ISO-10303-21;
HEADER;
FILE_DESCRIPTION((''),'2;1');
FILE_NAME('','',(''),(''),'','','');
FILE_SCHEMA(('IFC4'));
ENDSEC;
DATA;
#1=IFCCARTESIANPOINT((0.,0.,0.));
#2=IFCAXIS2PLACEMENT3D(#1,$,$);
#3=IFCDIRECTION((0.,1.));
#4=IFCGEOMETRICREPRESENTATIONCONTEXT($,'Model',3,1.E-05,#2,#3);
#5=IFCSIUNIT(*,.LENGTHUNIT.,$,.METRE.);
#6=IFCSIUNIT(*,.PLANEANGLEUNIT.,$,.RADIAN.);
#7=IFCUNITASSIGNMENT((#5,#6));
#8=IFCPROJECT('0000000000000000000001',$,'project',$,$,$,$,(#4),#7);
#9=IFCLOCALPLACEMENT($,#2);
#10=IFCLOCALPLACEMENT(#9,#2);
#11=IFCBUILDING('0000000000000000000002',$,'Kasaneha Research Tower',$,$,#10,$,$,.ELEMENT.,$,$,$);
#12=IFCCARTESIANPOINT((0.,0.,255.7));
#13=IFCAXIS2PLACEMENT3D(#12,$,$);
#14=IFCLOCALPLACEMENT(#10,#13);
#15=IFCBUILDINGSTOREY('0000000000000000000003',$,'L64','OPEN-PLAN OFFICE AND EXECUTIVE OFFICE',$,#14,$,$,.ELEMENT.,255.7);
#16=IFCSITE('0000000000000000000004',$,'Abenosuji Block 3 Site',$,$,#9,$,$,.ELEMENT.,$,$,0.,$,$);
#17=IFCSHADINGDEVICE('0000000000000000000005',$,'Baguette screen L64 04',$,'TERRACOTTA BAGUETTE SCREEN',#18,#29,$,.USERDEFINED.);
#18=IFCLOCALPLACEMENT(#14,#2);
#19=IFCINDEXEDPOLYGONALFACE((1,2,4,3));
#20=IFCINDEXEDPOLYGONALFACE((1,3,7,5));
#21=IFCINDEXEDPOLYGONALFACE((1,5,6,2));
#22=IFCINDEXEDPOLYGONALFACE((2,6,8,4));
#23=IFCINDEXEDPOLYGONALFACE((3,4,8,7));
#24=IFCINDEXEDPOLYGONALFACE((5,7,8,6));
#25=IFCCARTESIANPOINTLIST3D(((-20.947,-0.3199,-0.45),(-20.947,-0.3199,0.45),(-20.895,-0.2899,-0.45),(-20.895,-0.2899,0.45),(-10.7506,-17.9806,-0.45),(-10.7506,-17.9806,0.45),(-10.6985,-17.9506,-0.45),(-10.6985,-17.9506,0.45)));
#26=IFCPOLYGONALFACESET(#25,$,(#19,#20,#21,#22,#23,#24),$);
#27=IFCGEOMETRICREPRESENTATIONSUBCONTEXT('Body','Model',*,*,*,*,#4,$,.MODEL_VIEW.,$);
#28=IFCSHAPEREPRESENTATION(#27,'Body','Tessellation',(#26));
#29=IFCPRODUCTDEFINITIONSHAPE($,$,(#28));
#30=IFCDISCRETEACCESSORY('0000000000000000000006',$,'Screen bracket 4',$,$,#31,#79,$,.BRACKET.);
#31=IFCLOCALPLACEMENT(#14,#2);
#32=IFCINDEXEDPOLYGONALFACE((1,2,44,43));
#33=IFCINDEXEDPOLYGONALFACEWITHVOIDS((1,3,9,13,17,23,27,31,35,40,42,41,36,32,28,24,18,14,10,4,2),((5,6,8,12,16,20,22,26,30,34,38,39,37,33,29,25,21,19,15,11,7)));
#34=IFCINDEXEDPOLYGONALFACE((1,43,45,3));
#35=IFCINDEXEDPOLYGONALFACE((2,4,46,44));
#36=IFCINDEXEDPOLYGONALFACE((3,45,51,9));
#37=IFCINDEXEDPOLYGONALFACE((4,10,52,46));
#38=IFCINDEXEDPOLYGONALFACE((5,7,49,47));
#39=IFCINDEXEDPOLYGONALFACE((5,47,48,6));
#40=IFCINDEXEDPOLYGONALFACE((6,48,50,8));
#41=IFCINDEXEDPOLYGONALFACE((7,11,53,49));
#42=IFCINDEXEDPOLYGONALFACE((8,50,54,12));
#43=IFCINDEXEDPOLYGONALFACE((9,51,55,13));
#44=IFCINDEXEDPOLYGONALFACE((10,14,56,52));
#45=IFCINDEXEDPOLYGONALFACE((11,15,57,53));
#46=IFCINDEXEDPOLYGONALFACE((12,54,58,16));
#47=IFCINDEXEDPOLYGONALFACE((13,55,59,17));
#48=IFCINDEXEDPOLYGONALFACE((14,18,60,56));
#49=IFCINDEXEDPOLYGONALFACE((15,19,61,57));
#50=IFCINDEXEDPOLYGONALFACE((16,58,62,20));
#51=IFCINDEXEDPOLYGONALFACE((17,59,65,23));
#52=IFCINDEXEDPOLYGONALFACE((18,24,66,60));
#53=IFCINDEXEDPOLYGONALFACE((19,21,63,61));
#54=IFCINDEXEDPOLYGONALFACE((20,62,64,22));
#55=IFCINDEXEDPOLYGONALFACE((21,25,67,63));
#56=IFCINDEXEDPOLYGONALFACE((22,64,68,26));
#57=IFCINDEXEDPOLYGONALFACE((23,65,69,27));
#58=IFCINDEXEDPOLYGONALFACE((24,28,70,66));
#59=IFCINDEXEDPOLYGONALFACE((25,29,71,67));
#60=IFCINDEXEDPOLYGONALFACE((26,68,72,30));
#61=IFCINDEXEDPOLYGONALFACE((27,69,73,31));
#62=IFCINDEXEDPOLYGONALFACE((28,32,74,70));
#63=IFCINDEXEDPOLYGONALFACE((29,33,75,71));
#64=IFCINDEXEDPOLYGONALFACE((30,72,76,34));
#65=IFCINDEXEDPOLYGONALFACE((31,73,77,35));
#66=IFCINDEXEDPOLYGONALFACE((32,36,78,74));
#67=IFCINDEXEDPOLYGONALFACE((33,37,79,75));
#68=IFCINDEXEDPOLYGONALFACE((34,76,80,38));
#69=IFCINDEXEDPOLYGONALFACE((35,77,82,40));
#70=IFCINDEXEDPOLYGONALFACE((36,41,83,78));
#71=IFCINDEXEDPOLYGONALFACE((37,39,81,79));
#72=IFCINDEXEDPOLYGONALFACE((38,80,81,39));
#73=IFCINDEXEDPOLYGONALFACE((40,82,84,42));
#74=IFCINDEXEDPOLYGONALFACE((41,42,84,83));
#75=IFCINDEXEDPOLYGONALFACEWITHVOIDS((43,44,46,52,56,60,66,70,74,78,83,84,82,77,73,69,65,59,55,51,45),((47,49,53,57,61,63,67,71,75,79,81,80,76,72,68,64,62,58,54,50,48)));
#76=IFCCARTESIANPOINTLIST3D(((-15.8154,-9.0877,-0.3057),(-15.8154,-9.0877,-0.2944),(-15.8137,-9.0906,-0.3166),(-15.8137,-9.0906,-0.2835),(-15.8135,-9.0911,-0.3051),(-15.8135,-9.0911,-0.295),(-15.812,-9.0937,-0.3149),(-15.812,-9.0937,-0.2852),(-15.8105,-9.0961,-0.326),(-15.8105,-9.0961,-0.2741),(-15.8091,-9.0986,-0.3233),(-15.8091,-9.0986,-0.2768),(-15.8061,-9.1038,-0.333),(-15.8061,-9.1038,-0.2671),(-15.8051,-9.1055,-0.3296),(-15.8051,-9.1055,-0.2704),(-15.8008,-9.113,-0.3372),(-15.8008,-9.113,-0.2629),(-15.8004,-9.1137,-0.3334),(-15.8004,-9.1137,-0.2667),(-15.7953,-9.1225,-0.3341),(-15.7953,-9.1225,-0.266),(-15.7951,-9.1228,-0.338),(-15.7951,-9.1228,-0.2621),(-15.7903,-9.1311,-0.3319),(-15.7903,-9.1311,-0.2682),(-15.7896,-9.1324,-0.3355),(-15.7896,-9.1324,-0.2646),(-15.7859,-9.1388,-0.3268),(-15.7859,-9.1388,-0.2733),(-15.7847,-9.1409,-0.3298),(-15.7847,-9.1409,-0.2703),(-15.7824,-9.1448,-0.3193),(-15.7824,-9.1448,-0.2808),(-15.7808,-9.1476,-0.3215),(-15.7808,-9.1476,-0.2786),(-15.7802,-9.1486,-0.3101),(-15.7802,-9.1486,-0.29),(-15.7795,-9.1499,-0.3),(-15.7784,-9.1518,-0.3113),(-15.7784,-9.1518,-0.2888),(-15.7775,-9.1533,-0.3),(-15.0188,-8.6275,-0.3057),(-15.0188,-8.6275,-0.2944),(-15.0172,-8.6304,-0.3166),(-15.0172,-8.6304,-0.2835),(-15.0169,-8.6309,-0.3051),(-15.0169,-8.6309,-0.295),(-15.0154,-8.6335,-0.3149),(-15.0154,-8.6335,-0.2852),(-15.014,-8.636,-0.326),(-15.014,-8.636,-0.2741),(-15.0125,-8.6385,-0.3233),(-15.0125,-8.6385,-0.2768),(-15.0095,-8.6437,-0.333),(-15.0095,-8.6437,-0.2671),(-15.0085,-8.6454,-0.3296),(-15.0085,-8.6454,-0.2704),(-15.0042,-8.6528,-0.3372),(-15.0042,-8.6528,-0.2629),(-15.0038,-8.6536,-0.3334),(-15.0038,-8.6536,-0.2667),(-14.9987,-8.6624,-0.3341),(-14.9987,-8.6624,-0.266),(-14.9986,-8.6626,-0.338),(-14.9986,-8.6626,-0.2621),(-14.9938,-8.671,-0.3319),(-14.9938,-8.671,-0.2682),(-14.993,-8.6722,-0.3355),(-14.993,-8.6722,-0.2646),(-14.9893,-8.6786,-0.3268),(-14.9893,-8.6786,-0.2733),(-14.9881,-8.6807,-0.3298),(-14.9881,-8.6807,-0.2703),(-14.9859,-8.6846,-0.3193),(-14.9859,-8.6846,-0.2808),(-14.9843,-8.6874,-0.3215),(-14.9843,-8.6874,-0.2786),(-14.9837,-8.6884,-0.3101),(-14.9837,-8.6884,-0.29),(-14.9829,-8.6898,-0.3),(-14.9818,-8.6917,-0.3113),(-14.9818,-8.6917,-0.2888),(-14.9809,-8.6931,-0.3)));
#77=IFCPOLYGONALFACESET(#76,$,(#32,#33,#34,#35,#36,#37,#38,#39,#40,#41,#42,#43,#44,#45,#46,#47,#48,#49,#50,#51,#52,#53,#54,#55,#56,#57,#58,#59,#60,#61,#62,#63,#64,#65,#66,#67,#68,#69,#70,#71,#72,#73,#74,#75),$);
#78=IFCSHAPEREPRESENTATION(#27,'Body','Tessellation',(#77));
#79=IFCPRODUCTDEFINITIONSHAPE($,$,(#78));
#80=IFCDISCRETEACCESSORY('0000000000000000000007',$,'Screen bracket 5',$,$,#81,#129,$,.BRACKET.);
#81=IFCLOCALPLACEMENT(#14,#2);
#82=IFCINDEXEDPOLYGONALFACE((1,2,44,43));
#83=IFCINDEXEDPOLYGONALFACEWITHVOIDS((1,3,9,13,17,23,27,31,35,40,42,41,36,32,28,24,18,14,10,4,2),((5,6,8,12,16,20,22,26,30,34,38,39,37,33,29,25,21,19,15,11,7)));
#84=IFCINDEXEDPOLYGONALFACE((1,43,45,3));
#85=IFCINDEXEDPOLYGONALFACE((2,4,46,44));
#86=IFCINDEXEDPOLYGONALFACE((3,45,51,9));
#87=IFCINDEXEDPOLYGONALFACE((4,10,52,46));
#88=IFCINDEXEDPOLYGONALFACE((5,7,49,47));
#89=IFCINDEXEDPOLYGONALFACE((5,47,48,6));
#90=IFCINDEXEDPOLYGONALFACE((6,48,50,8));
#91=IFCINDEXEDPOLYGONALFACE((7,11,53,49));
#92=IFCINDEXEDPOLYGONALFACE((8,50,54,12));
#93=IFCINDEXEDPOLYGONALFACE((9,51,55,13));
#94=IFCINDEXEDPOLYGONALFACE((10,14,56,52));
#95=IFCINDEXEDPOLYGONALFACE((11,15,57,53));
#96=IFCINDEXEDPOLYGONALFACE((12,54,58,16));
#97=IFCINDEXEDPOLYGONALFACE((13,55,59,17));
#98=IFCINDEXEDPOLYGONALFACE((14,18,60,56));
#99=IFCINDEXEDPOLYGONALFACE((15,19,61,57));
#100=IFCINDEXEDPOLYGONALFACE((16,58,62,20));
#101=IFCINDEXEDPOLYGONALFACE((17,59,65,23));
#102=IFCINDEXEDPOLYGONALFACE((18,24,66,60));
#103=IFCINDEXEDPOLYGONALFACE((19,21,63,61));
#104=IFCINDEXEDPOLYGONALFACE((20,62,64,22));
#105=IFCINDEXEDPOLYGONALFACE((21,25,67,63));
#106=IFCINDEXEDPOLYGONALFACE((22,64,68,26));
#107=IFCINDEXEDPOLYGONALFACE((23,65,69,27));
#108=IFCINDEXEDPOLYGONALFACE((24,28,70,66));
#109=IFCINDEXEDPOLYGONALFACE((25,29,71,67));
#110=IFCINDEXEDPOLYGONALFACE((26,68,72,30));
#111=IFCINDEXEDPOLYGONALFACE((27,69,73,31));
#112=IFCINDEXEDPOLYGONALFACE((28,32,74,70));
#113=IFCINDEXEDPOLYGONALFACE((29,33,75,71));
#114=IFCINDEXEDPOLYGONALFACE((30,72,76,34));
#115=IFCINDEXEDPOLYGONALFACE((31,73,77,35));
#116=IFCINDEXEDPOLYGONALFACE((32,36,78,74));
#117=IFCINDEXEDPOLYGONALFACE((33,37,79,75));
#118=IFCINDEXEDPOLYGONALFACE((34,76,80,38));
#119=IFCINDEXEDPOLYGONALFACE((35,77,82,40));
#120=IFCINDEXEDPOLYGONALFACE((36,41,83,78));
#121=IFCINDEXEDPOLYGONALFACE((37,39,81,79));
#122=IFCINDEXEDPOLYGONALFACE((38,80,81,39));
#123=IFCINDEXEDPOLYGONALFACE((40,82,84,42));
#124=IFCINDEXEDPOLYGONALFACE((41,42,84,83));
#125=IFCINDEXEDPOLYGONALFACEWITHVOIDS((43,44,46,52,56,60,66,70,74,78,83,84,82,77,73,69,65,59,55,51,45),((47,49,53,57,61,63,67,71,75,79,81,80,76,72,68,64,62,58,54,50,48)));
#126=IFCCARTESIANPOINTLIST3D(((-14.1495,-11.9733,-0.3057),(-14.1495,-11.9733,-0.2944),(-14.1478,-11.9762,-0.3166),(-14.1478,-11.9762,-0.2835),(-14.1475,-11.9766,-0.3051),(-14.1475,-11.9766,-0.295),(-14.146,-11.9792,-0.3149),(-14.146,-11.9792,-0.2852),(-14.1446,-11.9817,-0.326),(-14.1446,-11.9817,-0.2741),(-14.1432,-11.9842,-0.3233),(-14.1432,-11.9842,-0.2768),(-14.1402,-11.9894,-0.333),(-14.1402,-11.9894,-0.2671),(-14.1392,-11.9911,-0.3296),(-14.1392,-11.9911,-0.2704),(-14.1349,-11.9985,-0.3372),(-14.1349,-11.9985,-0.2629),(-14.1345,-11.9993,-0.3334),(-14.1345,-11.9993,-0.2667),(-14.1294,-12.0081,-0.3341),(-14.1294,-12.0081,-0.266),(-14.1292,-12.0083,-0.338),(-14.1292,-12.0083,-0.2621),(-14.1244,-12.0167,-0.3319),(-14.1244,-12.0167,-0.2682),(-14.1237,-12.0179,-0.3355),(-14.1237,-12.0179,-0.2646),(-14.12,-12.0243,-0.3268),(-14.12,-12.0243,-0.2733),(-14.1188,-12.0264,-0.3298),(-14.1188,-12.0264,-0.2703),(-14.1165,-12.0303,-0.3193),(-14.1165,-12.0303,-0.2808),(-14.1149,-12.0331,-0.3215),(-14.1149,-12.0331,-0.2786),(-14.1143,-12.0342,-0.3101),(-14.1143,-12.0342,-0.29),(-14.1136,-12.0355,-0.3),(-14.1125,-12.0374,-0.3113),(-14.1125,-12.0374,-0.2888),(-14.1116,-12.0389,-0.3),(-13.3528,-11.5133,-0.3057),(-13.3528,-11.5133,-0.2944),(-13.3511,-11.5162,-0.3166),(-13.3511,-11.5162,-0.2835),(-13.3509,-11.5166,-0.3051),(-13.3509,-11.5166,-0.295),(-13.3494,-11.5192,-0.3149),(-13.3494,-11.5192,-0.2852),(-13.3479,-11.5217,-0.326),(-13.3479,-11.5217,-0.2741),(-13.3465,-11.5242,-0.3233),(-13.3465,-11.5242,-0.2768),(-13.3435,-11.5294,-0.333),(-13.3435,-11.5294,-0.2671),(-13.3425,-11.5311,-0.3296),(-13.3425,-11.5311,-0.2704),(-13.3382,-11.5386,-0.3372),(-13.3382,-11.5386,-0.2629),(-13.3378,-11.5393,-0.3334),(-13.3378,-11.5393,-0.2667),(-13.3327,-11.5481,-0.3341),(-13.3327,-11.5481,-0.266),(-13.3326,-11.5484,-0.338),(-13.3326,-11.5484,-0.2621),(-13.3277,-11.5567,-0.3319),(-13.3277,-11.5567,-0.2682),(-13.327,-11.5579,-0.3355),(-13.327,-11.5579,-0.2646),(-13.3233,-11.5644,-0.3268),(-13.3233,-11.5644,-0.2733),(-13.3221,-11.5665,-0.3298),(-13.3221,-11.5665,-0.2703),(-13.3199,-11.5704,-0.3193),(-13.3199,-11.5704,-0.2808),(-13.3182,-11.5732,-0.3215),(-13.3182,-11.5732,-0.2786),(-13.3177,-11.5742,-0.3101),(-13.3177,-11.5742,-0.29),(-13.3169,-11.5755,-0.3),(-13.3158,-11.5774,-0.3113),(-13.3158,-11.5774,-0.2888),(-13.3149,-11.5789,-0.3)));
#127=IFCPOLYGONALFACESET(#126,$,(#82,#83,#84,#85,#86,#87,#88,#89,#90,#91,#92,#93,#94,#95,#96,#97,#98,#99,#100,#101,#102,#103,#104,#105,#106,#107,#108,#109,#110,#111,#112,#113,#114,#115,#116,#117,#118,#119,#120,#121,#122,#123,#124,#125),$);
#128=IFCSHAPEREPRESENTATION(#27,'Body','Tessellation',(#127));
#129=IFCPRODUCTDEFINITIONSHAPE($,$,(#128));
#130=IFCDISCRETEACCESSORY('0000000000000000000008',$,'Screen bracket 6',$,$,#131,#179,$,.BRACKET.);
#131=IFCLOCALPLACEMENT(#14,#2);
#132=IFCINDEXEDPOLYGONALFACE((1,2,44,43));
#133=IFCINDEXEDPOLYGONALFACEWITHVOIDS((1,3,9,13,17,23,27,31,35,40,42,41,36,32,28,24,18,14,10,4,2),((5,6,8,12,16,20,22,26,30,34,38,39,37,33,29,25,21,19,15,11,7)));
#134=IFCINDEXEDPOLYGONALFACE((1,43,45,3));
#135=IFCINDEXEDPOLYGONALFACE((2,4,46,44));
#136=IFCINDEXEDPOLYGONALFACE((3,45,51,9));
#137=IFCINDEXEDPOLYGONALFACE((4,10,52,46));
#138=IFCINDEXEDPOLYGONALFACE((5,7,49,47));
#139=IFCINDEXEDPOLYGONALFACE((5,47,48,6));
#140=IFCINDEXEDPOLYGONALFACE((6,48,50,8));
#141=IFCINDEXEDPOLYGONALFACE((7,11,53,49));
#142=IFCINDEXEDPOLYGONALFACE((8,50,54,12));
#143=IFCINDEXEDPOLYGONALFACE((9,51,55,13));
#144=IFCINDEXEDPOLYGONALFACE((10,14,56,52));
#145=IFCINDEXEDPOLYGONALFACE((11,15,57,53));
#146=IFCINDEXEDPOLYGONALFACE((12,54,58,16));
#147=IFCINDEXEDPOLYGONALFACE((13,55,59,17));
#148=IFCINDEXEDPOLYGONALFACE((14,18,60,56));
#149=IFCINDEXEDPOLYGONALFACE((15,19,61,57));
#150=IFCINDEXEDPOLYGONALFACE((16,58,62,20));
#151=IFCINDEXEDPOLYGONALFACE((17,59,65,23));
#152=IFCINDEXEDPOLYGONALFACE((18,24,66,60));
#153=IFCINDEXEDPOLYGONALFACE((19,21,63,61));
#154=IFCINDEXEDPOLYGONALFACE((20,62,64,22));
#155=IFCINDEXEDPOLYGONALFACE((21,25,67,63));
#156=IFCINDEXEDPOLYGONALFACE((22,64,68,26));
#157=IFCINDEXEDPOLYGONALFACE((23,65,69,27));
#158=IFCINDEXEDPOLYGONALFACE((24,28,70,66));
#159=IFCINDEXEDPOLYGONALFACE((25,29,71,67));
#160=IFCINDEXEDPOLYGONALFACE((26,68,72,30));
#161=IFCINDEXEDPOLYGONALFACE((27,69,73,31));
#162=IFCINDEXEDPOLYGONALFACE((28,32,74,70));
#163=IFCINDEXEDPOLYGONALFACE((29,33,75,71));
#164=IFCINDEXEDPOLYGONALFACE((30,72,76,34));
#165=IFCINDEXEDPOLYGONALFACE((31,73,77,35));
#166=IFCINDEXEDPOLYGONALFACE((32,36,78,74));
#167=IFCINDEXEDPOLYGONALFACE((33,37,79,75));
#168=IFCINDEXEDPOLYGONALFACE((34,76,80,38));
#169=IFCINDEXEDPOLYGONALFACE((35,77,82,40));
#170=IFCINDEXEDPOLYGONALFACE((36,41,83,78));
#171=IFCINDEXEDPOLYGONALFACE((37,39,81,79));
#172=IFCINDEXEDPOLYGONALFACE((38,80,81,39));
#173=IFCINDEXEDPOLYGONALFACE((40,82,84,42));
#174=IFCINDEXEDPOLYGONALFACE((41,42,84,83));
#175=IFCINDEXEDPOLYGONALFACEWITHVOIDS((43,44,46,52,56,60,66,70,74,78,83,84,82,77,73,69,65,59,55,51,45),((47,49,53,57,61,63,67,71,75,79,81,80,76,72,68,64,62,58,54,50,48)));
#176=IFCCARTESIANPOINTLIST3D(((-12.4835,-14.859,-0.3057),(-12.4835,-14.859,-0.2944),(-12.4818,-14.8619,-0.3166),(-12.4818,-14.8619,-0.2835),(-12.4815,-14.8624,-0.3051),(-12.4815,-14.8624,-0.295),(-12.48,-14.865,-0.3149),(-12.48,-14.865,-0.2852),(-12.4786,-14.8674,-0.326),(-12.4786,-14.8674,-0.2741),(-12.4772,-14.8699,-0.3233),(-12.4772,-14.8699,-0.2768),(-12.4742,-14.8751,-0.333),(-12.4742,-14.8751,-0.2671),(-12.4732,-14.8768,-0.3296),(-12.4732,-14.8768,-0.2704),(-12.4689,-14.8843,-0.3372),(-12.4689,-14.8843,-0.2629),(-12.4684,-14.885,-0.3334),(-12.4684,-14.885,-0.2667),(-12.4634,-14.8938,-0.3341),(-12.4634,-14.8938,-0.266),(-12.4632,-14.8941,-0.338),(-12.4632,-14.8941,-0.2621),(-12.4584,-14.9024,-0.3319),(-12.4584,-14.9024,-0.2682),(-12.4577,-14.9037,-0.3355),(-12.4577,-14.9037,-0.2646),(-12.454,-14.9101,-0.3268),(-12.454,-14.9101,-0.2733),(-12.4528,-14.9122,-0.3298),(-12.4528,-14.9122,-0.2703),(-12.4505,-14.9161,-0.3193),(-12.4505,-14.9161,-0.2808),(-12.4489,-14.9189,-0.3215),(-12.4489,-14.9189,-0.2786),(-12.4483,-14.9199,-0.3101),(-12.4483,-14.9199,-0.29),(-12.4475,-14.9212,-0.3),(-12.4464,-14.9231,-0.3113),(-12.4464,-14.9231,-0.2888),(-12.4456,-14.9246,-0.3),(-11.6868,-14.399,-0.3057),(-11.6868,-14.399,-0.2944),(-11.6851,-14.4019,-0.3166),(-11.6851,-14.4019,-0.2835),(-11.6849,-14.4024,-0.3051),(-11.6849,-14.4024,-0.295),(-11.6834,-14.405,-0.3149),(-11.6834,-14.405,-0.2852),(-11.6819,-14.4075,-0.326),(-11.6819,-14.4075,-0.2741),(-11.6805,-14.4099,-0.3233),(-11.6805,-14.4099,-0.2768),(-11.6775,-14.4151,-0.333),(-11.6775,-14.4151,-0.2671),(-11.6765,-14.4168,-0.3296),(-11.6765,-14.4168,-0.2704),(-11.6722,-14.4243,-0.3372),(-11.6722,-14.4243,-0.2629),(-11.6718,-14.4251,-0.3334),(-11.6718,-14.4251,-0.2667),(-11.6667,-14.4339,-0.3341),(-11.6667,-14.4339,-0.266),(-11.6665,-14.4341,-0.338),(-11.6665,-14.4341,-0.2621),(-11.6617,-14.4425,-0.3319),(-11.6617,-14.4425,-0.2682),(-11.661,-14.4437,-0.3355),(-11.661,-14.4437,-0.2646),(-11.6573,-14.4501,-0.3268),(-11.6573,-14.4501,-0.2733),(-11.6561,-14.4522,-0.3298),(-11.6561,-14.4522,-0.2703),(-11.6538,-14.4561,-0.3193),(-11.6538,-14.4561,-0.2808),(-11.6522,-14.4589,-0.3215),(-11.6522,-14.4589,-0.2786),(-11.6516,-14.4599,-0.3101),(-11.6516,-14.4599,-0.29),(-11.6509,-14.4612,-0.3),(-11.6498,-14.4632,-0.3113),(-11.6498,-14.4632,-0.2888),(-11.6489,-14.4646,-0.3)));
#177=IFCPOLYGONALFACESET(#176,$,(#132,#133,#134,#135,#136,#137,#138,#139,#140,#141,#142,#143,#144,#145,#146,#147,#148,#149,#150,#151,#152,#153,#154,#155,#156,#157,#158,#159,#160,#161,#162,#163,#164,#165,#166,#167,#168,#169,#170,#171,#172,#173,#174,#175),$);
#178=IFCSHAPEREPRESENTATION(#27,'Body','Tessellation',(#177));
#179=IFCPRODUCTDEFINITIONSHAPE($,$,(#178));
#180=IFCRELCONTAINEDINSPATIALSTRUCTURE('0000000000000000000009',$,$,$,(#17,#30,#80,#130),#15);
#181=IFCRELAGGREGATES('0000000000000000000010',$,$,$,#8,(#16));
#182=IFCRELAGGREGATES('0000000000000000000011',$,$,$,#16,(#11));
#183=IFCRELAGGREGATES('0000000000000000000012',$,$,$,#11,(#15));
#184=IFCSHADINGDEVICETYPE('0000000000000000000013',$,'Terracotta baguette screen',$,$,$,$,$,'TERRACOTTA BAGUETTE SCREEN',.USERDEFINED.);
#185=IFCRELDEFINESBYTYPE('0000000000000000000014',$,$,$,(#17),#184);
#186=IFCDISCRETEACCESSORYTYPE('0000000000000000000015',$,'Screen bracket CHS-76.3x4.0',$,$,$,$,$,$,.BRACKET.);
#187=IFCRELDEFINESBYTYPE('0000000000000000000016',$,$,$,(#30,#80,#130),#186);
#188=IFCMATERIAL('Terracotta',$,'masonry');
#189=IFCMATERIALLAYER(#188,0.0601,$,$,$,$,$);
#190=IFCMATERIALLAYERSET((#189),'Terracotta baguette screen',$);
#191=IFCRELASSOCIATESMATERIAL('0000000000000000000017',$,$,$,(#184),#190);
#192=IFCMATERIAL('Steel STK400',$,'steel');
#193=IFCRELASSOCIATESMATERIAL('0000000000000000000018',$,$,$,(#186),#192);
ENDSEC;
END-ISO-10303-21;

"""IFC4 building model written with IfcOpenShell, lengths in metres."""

from ifc_helpers import new_model, si_unit, direction, frame, origin, origin_2d, place, context, subcontext, project, spatial, rectangle, hollow_circle, extrude, material, layer, layer_set, material_profile, profile_set, type_object, element, save


model = new_model("IFC4")

# Units and contexts
model_context = context("Model", 3, precision=1e-05, world=origin(), true_north=direction((0.0, 1.0)))
body_context = subcontext(model_context, "Body", "Model", "MODEL_VIEW")
ifc_project = project(units=[si_unit("LENGTHUNIT", "METRE"), si_unit("PLANEANGLEUNIT", "RADIAN")], contexts=[model_context])

# Site, building, storey
site_placement = place(None, origin())
site = spatial("IfcSite", under=ifc_project, at=site_placement, Name="Abenosuji Block 3 Site", CompositionType="ELEMENT", RefElevation=0.0)
building_placement = place(site_placement, origin())
building = spatial("IfcBuilding", under=site, at=building_placement, Name="Kasaneha Research Tower", CompositionType="ELEMENT")
storey_placement = place(building_placement, frame((0.0, 0.0, 255.7)))
storey = spatial("IfcBuildingStorey", under=building, at=storey_placement, Name="L64", Description="OPEN-PLAN OFFICE AND EXECUTIVE OFFICE", CompositionType="ELEMENT", Elevation=255.7)

# Shading device
ifc_material_1 = material(Name="Terracotta", Category="masonry")
ifc_layer_1 = layer(ifc_material_1, 0.0601)
ifc_layer_set_1 = layer_set([ifc_layer_1], Name="Terracotta baguette screen")
shading_device_type = type_object("IfcShadingDeviceType", Name="Terracotta baguette screen", ElementType="TERRACOTTA BAGUETTE SCREEN", PredefinedType="USERDEFINED", material=ifc_layer_set_1)
shading_device_placement = place(storey_placement, frame((-15.8228, -9.1353, -0.45), z_axis=(0.0, 0.0, 1.0), x_axis=(0.5, -0.866025, 0.0)))
element("IfcShadingDevice", 1, at=shading_device_placement, inside=storey, type_object=shading_device_type, Name="Baguette screen L64 04", ObjectType="TERRACOTTA BAGUETTE SCREEN", PredefinedType="USERDEFINED", context=body_context, shape_type="SweptSolid", body=[
    extrude(rectangle(XDim=20.3928, YDim=0.0601, at=origin_2d()), origin(), (0.0, 0.0, 1.0), 0.8999),
])

# Discrete accessories
ifc_material_2 = material(Name="Steel STK400", Category="steel")
ifc_material_profile_1 = material_profile(ifc_material_2, hollow_circle(Radius=0.0381, WallThickness=0.0039, at=origin_2d()), Name="CHS-76.3x4.0")
ifc_profile_set_1 = profile_set([ifc_material_profile_1], Name="Steel STK400")
discrete_accessory_type = type_object("IfcDiscreteAccessoryType", Name="Screen bracket CHS-76.3x4.0", PredefinedType="BRACKET", material=ifc_profile_set_1)
for number, where, z_axis, x_axis, name in (
    (2, (-15.0, -8.6602, -0.3), (-0.865898, -0.50022, 0.0), (0.50022, -0.865898, 0.0), "Screen bracket 4"),
    (3, (-13.334, -11.5459, -0.3), (-0.866013, -0.500021, 0.0), (0.500021, -0.866013, 0.0), "Screen bracket 5"),
    (4, (-11.668, -14.4316, -0.3), (-0.866013, -0.500021, 0.0), (0.500021, -0.866013, 0.0), "Screen bracket 6"),
):
    element("IfcDiscreteAccessory", number, at=place(storey_placement, frame(where, z_axis=z_axis, x_axis=x_axis)), inside=storey, type_object=discrete_accessory_type, Name=name, PredefinedType="BRACKET", context=body_context, shape_type="SweptSolid", body=[
        extrude(hollow_circle(Radius=0.0381, WallThickness=0.0039, at=origin_2d()), origin(), (0.0, 0.0, 1.0), 0.9199),
    ])

save(model, "model.ifc")
